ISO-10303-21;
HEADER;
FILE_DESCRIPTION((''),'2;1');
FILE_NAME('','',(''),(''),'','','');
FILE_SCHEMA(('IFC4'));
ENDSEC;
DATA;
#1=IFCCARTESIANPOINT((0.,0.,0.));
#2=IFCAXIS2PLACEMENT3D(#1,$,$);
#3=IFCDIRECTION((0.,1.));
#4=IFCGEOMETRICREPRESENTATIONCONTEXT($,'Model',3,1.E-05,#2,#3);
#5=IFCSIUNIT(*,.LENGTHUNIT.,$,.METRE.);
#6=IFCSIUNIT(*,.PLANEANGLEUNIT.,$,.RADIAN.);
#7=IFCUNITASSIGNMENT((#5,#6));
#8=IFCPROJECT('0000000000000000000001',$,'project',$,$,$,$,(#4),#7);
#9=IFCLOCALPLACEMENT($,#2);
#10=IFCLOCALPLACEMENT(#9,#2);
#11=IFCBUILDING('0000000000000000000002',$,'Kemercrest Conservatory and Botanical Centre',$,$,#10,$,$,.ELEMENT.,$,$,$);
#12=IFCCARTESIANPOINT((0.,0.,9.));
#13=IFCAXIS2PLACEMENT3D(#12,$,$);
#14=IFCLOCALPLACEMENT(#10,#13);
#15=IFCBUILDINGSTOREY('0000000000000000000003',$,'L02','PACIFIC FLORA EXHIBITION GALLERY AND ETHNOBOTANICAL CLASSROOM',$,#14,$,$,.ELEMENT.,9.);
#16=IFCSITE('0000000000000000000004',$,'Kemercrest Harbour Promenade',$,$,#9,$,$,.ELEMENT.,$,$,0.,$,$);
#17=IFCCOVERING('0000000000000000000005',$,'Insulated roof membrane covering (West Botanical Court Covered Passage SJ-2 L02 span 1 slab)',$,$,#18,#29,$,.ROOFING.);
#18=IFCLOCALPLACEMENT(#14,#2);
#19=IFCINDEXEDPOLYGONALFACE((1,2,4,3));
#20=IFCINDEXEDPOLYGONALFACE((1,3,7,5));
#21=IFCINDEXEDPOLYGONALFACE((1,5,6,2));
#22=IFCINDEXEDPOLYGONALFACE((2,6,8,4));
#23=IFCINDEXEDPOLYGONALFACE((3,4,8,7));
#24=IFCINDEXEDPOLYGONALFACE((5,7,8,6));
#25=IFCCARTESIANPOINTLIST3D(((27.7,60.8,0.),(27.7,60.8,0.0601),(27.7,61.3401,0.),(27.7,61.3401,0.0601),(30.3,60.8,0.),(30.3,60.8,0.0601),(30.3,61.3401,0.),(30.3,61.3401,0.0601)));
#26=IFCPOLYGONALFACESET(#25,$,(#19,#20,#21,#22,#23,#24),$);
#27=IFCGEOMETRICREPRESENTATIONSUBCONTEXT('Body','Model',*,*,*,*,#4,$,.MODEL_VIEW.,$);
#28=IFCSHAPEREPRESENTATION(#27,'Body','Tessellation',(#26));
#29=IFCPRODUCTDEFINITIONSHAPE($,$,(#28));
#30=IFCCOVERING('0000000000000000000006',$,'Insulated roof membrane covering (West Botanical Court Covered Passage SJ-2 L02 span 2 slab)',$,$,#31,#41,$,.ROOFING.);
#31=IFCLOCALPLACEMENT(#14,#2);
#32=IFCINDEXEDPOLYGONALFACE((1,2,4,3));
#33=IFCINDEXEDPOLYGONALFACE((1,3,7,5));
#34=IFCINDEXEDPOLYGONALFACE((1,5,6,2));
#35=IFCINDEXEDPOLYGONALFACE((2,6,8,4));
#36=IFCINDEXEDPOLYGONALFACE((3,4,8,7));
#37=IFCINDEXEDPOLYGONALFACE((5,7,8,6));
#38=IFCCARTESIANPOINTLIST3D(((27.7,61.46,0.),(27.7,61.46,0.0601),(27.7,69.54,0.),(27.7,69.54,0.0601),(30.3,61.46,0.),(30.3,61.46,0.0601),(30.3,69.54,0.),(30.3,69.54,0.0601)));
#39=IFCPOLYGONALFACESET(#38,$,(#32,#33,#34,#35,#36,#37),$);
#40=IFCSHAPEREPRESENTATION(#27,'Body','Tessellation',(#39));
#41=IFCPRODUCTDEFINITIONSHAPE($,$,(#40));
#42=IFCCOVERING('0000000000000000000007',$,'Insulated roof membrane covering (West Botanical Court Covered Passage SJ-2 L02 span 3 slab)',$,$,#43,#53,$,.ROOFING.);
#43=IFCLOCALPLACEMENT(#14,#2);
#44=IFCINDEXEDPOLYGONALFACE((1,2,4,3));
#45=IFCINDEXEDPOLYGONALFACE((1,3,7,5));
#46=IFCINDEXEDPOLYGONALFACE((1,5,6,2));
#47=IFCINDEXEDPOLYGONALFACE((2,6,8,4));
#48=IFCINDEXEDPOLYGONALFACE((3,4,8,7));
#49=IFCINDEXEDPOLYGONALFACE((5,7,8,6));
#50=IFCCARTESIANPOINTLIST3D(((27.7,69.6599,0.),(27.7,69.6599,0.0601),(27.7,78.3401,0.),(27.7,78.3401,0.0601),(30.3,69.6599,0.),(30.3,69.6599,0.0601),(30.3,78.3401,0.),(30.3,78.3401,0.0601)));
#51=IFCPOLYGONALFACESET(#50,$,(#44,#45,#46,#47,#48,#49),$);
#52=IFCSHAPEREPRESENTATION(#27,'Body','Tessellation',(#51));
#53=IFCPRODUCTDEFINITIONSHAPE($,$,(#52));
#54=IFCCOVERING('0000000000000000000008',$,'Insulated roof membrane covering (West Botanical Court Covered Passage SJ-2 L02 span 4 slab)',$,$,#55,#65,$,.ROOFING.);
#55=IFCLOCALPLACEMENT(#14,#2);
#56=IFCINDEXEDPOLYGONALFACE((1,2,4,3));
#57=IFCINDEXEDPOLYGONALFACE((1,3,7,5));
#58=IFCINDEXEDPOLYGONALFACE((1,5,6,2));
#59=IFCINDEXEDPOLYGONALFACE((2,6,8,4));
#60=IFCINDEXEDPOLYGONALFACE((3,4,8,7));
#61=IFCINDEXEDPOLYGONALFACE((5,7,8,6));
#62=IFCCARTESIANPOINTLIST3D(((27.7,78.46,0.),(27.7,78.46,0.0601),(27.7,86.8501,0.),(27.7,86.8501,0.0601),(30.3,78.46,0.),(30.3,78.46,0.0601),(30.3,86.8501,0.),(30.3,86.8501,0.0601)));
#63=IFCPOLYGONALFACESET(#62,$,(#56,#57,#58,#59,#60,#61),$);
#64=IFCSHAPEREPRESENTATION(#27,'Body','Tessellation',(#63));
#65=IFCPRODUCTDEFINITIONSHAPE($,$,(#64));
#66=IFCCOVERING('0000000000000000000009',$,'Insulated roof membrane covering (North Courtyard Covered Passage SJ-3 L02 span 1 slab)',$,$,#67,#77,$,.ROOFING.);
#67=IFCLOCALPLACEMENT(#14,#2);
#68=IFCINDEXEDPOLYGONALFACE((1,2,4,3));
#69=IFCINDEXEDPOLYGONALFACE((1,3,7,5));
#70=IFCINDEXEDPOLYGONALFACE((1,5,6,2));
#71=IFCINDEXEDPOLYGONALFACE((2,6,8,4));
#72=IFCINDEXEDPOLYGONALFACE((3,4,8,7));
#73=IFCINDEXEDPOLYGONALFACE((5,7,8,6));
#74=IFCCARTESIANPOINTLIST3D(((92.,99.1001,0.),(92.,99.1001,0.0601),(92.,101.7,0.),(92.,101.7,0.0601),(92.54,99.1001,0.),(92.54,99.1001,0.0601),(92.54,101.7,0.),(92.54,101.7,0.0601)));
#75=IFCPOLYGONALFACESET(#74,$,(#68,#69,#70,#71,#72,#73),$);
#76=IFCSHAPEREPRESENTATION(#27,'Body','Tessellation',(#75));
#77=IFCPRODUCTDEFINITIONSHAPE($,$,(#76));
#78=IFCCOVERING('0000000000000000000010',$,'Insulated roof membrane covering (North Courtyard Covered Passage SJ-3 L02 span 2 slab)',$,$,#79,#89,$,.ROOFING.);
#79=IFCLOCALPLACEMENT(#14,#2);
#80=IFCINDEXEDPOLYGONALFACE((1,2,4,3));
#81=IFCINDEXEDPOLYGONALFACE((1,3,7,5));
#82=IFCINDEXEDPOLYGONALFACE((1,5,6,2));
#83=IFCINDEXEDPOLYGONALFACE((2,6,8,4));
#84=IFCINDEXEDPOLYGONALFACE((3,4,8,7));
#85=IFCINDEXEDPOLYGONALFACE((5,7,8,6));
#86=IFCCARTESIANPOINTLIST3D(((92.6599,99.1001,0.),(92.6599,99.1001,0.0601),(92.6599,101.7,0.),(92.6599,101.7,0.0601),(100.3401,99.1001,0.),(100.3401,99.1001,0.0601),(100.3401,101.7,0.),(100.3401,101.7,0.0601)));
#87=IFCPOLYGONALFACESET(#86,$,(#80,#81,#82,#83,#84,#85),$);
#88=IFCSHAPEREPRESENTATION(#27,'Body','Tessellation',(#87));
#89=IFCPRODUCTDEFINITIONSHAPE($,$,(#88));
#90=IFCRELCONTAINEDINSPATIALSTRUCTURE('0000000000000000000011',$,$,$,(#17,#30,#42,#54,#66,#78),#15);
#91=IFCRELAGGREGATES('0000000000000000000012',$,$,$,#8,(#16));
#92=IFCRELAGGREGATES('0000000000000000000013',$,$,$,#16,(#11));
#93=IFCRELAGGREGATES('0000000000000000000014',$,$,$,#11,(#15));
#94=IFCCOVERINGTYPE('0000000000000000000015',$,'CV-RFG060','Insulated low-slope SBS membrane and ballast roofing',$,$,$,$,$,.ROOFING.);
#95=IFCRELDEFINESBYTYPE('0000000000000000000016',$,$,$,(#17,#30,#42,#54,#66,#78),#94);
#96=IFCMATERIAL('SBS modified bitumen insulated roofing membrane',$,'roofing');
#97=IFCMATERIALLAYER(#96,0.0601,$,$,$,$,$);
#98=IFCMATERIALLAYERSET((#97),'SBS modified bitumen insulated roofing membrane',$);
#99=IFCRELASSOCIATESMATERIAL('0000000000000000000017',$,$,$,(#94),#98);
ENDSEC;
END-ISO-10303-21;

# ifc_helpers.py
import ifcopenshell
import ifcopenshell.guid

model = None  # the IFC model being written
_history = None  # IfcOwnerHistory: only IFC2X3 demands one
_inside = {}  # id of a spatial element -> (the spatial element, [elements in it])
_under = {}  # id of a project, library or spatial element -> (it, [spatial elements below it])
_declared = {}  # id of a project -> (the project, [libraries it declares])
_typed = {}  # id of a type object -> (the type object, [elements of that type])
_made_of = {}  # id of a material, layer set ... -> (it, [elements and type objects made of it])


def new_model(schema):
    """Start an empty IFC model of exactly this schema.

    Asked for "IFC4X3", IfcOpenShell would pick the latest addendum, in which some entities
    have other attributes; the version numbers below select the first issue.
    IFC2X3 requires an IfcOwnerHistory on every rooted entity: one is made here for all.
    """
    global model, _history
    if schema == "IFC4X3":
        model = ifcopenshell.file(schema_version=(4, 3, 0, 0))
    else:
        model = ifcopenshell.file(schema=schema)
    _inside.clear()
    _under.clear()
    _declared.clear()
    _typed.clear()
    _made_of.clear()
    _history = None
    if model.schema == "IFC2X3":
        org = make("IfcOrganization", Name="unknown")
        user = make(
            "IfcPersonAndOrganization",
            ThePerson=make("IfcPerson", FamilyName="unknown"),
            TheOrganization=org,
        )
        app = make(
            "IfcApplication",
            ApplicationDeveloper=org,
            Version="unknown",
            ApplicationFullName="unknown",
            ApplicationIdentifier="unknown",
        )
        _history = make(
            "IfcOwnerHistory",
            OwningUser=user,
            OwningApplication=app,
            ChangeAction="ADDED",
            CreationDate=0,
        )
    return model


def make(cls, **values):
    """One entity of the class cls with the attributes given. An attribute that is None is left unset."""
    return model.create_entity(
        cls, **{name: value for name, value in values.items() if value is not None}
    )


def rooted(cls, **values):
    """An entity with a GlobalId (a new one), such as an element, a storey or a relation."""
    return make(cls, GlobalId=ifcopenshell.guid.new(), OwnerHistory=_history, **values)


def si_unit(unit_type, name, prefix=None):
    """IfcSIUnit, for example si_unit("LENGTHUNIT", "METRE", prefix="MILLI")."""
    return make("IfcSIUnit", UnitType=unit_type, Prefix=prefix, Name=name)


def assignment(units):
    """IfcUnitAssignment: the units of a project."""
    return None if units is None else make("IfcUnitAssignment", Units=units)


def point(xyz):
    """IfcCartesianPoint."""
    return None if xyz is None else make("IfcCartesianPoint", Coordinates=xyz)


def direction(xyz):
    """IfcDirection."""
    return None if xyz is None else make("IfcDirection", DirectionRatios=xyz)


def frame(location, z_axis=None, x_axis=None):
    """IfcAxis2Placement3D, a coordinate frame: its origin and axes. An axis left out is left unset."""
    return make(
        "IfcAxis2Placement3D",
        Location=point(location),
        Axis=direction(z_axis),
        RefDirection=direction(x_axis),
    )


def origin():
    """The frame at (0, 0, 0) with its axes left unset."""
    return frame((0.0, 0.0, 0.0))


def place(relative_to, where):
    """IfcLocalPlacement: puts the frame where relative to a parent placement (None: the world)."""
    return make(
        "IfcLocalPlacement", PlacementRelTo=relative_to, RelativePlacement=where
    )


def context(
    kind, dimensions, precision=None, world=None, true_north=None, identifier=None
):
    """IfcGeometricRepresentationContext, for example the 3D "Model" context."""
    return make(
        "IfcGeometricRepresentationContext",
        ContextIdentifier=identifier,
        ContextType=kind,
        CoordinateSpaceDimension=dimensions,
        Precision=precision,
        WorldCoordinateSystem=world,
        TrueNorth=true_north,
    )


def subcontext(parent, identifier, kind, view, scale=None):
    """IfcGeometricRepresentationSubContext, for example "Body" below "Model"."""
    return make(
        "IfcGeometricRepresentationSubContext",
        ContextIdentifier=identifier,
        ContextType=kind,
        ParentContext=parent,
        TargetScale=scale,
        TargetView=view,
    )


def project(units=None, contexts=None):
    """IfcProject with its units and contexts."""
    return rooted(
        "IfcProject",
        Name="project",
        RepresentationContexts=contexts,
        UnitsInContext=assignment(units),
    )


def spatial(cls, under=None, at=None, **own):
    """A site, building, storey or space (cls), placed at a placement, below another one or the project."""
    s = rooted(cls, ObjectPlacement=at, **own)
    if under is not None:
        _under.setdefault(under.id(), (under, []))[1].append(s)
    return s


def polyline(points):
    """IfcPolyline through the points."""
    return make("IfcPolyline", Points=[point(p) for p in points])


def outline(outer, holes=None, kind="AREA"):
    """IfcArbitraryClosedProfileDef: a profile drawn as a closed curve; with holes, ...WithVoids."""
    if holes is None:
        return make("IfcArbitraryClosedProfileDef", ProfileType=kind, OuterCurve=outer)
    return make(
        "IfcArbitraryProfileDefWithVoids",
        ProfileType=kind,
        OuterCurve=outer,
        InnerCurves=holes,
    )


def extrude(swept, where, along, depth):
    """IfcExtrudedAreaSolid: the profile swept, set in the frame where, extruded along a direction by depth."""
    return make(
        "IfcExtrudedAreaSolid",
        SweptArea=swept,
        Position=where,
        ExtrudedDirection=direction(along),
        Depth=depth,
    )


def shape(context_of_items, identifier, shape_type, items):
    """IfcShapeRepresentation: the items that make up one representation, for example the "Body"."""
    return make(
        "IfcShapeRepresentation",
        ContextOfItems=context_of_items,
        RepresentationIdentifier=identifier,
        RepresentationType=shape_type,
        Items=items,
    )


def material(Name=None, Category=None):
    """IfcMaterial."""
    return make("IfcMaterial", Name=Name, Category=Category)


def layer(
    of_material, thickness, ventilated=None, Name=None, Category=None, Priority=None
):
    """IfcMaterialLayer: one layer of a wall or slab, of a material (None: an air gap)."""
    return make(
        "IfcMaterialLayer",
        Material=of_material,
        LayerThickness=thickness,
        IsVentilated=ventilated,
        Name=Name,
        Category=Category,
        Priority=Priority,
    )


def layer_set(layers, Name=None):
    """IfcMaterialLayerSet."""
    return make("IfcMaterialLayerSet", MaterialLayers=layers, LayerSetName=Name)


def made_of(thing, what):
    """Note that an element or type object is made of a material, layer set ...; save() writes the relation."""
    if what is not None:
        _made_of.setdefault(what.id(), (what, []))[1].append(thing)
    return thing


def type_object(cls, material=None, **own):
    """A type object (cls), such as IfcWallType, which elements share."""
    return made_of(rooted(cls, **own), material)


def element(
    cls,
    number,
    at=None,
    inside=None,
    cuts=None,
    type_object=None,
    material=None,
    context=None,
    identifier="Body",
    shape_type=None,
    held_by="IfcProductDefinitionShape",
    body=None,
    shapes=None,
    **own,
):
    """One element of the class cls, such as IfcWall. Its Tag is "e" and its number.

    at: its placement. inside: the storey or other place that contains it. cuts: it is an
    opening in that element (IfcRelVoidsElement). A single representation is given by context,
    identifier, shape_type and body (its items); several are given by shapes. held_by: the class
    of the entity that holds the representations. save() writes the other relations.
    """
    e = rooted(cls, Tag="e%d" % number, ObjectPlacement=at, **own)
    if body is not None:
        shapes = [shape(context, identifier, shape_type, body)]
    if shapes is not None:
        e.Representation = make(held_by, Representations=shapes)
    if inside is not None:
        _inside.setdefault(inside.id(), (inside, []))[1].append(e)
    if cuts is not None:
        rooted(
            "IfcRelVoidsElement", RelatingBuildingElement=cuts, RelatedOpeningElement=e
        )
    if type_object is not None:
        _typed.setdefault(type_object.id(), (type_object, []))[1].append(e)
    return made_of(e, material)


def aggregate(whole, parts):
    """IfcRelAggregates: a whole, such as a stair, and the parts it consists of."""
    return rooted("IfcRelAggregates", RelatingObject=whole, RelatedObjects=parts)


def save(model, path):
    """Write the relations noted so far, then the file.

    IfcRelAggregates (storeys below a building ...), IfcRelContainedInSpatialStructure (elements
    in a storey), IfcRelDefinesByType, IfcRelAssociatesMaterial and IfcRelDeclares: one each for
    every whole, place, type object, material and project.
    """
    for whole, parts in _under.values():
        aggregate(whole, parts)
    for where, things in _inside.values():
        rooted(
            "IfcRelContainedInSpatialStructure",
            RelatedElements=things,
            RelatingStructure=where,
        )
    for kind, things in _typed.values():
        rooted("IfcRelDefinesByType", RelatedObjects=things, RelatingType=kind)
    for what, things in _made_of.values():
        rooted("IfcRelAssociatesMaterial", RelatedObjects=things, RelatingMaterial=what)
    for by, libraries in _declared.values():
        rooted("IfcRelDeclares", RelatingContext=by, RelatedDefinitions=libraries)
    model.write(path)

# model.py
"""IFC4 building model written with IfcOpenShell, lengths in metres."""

from ifc_helpers import new_model, si_unit, direction, frame, origin, place, context, subcontext, project, spatial, polyline, outline, extrude, material, layer, layer_set, type_object, element, save


model = new_model("IFC4")

# Units and contexts
model_context = context("Model", 3, precision=1e-05, world=origin(), true_north=direction((0.0, 1.0)))
body_context = subcontext(model_context, "Body", "Model", "MODEL_VIEW")
ifc_project = project(units=[si_unit("LENGTHUNIT", "METRE"), si_unit("PLANEANGLEUNIT", "RADIAN")], contexts=[model_context])

# Site, building, storey
site_placement = place(None, origin())
site = spatial("IfcSite", under=ifc_project, at=site_placement, Name="Kemercrest Harbour Promenade", CompositionType="ELEMENT", RefElevation=0.0)
building_placement = place(site_placement, origin())
building = spatial("IfcBuilding", under=site, at=building_placement, Name="Kemercrest Conservatory and Botanical Centre", CompositionType="ELEMENT")
storey_placement = place(building_placement, frame((0.0, 0.0, 9.0)))
storey = spatial("IfcBuildingStorey", under=building, at=storey_placement, Name="L02", Description="PACIFIC FLORA EXHIBITION GALLERY AND ETHNOBOTANICAL CLASSROOM", CompositionType="ELEMENT", Elevation=9.0)

# Coverings
ifc_material_1 = material(Name="SBS modified bitumen insulated roofing membrane", Category="roofing")
ifc_layer_1 = layer(ifc_material_1, 0.0601)
ifc_layer_set_1 = layer_set([ifc_layer_1], Name="SBS modified bitumen insulated roofing membrane")
covering_type_1 = type_object("IfcCoveringType", Name="CV-RFG060", Description="Insulated low-slope SBS membrane and ballast roofing", PredefinedType="ROOFING", material=ifc_layer_set_1)
covering_1_placement = place(storey_placement, origin())
element("IfcCovering", 1, at=covering_1_placement, inside=storey, type_object=covering_type_1, Name="Insulated roof membrane covering (West Botanical Court Covered Passage SJ-2 L02 span 1 slab)", PredefinedType="ROOFING", context=body_context, shape_type="SweptSolid", body=[
    extrude(outline(polyline([(27.7, 60.8), (30.3, 60.8), (30.3, 61.3401), (27.7, 61.3401), (27.7, 60.8)])), origin(), (0.0, 0.0, 1.0), 0.0601),
])
covering_2_placement = place(storey_placement, origin())
element("IfcCovering", 2, at=covering_2_placement, inside=storey, type_object=covering_type_1, Name="Insulated roof membrane covering (West Botanical Court Covered Passage SJ-2 L02 span 2 slab)", PredefinedType="ROOFING", context=body_context, shape_type="SweptSolid", body=[
    extrude(outline(polyline([(27.7, 61.46), (30.3, 61.46), (30.3, 69.54), (27.7, 69.54), (27.7, 61.46)])), origin(), (0.0, 0.0, 1.0), 0.0601),
])
covering_3_placement = place(storey_placement, origin())
element("IfcCovering", 3, at=covering_3_placement, inside=storey, type_object=covering_type_1, Name="Insulated roof membrane covering (West Botanical Court Covered Passage SJ-2 L02 span 3 slab)", PredefinedType="ROOFING", context=body_context, shape_type="SweptSolid", body=[
    extrude(outline(polyline([(27.7, 69.6599), (30.3, 69.6599), (30.3, 78.3401), (27.7, 78.3401), (27.7, 69.6599)])), origin(), (0.0, 0.0, 1.0), 0.0601),
])
covering_4_placement = place(storey_placement, origin())
element("IfcCovering", 4, at=covering_4_placement, inside=storey, type_object=covering_type_1, Name="Insulated roof membrane covering (West Botanical Court Covered Passage SJ-2 L02 span 4 slab)", PredefinedType="ROOFING", context=body_context, shape_type="SweptSolid", body=[
    extrude(outline(polyline([(27.7, 78.46), (30.3, 78.46), (30.3, 86.8501), (27.7, 86.8501), (27.7, 78.46)])), origin(), (0.0, 0.0, 1.0), 0.0601),
])
covering_5_placement = place(storey_placement, origin())
element("IfcCovering", 5, at=covering_5_placement, inside=storey, type_object=covering_type_1, Name="Insulated roof membrane covering (North Courtyard Covered Passage SJ-3 L02 span 1 slab)", PredefinedType="ROOFING", context=body_context, shape_type="SweptSolid", body=[
    extrude(outline(polyline([(92.0, 99.1001), (92.54, 99.1001), (92.54, 101.7), (92.0, 101.7), (92.0, 99.1001)])), origin(), (0.0, 0.0, 1.0), 0.0601),
])
covering_6_placement = place(storey_placement, origin())
element("IfcCovering", 6, at=covering_6_placement, inside=storey, type_object=covering_type_1, Name="Insulated roof membrane covering (North Courtyard Covered Passage SJ-3 L02 span 2 slab)", PredefinedType="ROOFING", context=body_context, shape_type="SweptSolid", body=[
    extrude(outline(polyline([(92.6599, 99.1001), (100.3401, 99.1001), (100.3401, 101.7), (92.6599, 101.7), (92.6599, 99.1001)])), origin(), (0.0, 0.0, 1.0), 0.0601),
])

save(model, "model.ifc")
